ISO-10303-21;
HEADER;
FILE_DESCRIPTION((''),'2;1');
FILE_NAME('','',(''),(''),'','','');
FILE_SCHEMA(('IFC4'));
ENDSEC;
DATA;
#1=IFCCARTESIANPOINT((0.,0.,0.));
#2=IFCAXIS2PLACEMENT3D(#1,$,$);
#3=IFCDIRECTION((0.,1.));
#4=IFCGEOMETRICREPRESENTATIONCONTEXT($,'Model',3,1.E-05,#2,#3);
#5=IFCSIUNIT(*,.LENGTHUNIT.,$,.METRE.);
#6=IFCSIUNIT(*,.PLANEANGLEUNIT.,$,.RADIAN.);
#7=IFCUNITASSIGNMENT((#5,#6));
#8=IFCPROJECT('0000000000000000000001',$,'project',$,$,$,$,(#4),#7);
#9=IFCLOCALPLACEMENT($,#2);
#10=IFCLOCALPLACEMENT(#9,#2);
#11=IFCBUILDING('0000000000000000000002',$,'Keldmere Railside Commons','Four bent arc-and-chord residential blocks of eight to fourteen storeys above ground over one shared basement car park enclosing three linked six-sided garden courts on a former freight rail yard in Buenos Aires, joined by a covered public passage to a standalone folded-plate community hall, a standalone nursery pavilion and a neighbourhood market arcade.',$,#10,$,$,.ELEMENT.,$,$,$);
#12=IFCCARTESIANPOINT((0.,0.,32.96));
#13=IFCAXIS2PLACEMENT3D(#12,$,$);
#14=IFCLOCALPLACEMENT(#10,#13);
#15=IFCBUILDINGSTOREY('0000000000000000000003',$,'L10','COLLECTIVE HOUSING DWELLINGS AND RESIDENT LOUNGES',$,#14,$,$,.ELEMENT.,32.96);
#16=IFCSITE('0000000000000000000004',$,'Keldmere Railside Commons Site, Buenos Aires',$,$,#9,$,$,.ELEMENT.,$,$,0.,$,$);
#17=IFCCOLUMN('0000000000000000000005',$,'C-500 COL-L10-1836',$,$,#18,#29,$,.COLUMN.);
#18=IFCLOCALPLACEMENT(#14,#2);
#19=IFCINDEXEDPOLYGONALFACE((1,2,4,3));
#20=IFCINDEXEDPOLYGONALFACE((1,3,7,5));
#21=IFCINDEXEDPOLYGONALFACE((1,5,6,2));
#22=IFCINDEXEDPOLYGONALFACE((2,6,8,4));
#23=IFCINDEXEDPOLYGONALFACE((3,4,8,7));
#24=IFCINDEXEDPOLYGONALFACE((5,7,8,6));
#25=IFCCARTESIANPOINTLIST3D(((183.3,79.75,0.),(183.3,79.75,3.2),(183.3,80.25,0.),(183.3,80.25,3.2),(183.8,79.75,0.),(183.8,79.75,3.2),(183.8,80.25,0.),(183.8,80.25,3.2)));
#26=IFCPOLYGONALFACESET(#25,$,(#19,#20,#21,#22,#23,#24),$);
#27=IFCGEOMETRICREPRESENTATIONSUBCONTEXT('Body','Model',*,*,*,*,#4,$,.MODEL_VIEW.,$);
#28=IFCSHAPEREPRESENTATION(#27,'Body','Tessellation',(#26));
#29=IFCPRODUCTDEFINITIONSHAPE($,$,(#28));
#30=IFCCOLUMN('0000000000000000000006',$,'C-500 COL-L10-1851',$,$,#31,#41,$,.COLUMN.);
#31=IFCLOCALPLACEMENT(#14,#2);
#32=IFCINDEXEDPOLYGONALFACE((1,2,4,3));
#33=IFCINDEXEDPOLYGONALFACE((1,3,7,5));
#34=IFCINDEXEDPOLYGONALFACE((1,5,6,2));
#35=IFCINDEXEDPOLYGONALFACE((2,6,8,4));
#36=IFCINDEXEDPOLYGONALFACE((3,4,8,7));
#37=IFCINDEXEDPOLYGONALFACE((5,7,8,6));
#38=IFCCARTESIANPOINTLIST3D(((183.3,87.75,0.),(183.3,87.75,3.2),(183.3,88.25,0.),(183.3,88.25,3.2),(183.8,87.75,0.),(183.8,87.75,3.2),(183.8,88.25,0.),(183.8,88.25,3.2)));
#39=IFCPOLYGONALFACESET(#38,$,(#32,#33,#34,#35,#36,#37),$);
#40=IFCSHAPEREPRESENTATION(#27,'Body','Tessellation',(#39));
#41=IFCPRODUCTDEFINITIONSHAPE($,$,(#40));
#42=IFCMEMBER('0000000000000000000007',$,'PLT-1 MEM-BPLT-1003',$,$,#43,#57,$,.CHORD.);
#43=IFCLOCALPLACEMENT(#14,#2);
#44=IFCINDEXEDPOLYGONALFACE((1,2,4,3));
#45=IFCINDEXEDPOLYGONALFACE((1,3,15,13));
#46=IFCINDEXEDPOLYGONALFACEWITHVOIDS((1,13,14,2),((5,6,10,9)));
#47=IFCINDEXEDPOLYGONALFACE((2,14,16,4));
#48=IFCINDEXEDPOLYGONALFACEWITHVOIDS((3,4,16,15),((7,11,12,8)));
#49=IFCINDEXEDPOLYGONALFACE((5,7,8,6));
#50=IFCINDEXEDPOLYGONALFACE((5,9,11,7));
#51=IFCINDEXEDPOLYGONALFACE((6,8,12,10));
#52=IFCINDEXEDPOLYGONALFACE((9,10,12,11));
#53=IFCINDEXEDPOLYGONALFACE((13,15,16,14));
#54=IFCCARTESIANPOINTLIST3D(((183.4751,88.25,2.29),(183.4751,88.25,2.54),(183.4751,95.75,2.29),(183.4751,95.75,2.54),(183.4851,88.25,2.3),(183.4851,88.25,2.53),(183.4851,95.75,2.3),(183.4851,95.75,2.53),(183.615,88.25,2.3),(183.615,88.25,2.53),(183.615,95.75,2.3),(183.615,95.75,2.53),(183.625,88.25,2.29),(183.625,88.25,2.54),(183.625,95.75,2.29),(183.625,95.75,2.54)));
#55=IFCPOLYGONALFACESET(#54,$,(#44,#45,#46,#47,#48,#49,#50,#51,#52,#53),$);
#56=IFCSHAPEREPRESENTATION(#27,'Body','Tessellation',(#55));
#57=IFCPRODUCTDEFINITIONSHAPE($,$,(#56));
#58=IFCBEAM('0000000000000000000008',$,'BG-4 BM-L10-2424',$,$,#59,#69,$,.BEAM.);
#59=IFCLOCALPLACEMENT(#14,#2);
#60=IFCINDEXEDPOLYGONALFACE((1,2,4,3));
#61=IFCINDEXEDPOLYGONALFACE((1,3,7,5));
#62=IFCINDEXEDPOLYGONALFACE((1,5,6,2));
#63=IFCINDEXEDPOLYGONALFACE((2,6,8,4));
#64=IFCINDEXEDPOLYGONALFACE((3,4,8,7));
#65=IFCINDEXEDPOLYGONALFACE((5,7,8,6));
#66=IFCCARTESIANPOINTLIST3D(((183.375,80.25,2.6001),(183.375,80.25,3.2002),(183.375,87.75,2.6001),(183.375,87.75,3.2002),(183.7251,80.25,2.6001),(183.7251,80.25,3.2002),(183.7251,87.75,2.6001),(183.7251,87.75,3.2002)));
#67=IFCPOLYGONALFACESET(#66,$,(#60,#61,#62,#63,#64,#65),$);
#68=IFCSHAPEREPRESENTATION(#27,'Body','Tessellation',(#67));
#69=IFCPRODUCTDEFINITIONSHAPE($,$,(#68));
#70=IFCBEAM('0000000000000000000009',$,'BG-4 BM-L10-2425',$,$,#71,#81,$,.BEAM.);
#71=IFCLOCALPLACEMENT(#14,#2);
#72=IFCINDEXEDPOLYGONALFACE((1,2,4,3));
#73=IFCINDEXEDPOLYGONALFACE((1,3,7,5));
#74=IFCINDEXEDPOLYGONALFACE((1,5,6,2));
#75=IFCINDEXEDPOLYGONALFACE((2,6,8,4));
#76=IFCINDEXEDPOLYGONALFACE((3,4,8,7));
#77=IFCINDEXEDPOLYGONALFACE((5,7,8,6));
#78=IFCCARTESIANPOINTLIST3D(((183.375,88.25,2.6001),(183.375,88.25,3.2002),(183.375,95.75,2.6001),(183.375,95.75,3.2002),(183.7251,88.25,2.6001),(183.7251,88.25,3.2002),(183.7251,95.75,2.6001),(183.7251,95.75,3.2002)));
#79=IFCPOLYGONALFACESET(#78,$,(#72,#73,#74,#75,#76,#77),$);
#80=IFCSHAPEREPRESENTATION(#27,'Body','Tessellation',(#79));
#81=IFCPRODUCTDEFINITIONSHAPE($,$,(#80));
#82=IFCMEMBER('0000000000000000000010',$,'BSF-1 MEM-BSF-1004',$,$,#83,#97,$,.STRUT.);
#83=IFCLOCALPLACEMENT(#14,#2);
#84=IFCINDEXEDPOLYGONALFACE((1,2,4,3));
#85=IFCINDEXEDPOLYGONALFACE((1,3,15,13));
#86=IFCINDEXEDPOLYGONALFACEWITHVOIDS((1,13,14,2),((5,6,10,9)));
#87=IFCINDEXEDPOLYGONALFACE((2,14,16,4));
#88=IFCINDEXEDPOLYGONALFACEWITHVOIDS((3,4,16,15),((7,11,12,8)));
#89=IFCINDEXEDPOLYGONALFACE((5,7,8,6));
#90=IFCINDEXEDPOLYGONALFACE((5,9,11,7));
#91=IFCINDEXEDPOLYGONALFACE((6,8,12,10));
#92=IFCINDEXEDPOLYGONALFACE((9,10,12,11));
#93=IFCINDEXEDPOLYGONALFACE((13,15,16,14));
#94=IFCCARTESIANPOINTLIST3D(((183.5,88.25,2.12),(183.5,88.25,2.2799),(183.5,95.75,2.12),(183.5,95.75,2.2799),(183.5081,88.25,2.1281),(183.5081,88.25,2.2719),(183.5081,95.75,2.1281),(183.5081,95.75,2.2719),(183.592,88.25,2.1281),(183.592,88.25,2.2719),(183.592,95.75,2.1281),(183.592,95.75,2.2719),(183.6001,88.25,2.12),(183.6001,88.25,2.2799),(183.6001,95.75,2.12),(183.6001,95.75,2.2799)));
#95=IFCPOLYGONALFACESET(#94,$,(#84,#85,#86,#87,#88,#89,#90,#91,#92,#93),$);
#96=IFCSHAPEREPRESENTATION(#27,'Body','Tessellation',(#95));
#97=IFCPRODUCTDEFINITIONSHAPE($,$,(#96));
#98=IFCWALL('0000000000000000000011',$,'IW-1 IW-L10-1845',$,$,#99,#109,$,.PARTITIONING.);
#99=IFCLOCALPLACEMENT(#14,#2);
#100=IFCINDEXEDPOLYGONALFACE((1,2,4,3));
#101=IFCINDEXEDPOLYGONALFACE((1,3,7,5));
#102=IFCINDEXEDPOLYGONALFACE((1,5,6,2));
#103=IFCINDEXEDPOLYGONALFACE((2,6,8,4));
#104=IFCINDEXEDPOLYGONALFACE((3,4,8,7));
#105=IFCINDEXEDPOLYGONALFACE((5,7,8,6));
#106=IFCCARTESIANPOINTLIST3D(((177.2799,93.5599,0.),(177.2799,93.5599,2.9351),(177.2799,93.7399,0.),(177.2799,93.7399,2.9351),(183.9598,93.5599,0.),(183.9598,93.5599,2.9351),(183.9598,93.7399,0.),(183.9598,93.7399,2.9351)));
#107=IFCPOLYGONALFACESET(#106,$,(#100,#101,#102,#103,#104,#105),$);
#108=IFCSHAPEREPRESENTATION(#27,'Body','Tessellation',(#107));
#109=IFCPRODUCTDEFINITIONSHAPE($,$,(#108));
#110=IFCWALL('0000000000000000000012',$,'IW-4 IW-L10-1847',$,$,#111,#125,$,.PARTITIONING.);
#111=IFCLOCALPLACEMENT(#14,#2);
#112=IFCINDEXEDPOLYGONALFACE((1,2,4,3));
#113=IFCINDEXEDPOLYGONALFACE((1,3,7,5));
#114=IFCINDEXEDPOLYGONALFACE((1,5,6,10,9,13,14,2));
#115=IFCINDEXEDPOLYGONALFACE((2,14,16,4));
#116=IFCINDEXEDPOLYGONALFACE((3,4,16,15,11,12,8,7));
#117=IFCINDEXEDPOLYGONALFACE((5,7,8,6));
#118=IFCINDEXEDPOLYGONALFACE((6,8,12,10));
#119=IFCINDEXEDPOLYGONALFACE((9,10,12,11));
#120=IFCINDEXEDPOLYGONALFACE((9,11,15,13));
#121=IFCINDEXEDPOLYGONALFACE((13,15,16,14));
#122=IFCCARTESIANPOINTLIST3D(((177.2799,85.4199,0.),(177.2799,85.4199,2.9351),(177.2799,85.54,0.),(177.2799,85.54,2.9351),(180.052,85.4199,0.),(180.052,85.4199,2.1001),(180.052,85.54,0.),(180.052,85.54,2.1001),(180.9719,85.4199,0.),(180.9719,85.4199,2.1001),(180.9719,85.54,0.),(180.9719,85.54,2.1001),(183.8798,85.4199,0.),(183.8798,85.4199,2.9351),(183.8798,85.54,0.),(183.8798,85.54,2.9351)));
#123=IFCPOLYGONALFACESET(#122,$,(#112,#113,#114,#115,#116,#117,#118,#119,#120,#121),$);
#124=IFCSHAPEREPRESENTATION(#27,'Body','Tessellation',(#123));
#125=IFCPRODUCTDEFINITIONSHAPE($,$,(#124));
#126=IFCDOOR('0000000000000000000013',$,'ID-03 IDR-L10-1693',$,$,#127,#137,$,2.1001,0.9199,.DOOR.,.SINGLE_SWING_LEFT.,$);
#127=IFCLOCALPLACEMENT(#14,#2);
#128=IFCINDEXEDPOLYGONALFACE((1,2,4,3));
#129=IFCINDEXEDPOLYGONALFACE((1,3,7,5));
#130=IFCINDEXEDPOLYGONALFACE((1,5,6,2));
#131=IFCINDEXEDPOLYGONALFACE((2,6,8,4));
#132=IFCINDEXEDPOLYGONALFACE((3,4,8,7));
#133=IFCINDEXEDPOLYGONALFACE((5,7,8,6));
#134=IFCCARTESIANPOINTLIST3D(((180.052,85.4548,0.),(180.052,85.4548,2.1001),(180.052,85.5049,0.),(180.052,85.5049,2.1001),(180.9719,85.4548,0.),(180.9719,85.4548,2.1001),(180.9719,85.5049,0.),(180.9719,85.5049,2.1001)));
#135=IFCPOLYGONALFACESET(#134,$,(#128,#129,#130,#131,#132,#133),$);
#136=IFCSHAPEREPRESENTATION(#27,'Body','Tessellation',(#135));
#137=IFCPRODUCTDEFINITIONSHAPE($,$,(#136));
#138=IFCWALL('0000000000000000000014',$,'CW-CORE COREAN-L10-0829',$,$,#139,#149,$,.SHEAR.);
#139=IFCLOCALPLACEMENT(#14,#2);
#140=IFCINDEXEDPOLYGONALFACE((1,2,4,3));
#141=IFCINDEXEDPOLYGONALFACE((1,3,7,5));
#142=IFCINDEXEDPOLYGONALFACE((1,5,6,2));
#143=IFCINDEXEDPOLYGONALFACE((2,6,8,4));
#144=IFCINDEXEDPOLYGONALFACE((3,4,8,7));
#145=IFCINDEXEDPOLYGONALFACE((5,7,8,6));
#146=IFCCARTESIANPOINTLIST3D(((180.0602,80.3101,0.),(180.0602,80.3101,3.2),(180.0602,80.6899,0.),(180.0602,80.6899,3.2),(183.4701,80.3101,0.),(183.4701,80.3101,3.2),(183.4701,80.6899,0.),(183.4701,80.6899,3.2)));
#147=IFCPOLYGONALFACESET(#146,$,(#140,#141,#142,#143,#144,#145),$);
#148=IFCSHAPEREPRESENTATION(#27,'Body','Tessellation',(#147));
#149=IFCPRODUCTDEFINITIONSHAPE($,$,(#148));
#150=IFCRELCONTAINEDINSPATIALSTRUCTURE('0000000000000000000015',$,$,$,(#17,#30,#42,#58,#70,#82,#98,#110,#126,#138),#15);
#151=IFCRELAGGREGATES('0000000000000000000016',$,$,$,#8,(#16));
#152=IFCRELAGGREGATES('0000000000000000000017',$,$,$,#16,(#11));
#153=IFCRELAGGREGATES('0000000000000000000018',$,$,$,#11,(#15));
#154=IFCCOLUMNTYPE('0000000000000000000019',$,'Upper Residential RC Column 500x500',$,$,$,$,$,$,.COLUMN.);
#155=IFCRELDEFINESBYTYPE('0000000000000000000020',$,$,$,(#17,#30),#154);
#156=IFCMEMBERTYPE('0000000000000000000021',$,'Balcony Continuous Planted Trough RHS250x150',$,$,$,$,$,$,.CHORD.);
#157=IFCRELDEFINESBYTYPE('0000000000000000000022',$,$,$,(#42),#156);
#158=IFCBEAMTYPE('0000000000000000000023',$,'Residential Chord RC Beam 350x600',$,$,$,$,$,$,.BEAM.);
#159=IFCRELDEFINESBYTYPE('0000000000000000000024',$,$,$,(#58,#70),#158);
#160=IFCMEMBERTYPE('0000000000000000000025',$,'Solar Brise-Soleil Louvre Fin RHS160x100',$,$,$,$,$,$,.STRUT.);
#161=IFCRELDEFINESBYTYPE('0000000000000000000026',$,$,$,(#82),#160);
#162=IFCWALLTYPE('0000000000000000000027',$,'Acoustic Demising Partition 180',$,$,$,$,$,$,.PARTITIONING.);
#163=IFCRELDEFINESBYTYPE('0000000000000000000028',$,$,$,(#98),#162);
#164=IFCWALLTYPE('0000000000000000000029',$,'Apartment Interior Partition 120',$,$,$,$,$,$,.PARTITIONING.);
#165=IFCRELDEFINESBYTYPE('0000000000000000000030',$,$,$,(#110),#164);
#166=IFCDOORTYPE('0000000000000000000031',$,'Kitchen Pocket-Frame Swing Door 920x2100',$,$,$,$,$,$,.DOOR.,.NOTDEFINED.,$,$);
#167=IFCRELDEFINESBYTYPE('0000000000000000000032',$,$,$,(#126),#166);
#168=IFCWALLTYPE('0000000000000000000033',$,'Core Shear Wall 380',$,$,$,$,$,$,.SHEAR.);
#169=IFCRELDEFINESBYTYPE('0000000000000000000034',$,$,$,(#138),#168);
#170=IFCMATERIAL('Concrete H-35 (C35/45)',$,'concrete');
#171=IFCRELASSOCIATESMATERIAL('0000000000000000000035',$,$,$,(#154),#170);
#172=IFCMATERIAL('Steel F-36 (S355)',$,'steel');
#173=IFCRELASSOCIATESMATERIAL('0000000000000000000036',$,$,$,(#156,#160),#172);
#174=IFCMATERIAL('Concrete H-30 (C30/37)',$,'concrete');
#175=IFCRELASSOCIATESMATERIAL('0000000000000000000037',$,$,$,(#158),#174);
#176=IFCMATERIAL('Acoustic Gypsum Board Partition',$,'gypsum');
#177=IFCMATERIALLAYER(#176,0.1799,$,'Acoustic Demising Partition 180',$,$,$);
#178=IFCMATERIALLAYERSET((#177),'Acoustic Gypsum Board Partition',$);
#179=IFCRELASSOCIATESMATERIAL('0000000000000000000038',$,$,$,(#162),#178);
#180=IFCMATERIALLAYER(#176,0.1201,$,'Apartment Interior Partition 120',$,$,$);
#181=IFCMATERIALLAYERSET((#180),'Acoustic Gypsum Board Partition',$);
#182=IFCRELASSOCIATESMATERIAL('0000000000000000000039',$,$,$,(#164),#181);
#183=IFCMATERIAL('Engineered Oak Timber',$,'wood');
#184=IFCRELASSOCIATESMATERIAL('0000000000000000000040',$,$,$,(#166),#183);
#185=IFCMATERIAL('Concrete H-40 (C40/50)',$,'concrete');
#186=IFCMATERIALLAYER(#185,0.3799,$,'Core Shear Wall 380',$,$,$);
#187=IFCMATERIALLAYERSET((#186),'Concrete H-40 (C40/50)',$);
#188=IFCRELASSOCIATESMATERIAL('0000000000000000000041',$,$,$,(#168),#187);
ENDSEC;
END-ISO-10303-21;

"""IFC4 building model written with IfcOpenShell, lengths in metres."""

from ifc_helpers import new_model, si_unit, direction, frame, frame_2d, origin, origin_2d, place, context, subcontext, project, spatial, rectangle, hollow_rectangle, extrude, material, layer, layer_set, material_profile, profile_set, type_object, element, fill, save


model = new_model("IFC4")

# Units and contexts
model_context = context("Model", 3, precision=1e-05, world=origin(), true_north=direction((0.0, 1.0)))
body_context = subcontext(model_context, "Body", "Model", "MODEL_VIEW")
ifc_project = project(units=[si_unit("LENGTHUNIT", "METRE"), si_unit("PLANEANGLEUNIT", "RADIAN")], contexts=[model_context])

# Site, building, storey
site_placement = place(None, origin())
site = spatial("IfcSite", under=ifc_project, at=site_placement, Name="Keldmere Railside Commons Site, Buenos Aires", CompositionType="ELEMENT", RefElevation=0.0)
building_placement = place(site_placement, origin())
building = spatial("IfcBuilding", under=site, at=building_placement, Name="Keldmere Railside Commons", Description="Four bent arc-and-chord residential blocks of eight to fourteen storeys above ground over one shared basement car park enclosing three linked six-sided garden courts on a former freight rail yard in Buenos Aires, joined by a covered public passage to a standalone folded-plate community hall, a standalone nursery pavilion and a neighbourhood market arcade.", CompositionType="ELEMENT")
storey_placement = place(building_placement, frame((0.0, 0.0, 32.96)))
storey = spatial("IfcBuildingStorey", under=building, at=storey_placement, Name="L10", Description="COLLECTIVE HOUSING DWELLINGS AND RESIDENT LOUNGES", CompositionType="ELEMENT", Elevation=32.96)

# Columns
ifc_material_1 = material(Name="Concrete H-35 (C35/45)", Category="concrete")
ifc_material_profile_1 = material_profile(ifc_material_1, rectangle(XDim=0.5, YDim=0.5, at=origin_2d()), Name="RC-500x500")
ifc_profile_set_1 = profile_set([ifc_material_profile_1], Name="Concrete H-35 (C35/45)")
column_type = type_object("IfcColumnType", Name="Upper Residential RC Column 500x500", PredefinedType="COLUMN", material=ifc_profile_set_1)
for number, where, z_axis, x_axis, name in (
    (1, (183.55, 80.0, 0.0), (0.0, 0.0, 1.0), (1.0, 0.0, 0.0), "C-500 COL-L10-1836"),
    (2, (183.55, 88.0, 0.0), (0.0, 0.0, 1.0), (1.0, 0.0, 0.0), "C-500 COL-L10-1851"),
):
    element("IfcColumn", number, at=place(storey_placement, frame(where, z_axis=z_axis, x_axis=x_axis)), inside=storey, type_object=column_type, Name=name, PredefinedType="COLUMN", context=body_context, shape_type="SweptSolid", body=[
        extrude(rectangle(XDim=0.5, YDim=0.5, at=origin_2d()), origin(), (0.0, 0.0, 1.0), 3.2),
    ])

# Member
ifc_material_2 = material(Name="Steel F-36 (S355)", Category="steel")
ifc_material_profile_2 = material_profile(ifc_material_2, hollow_rectangle(XDim=0.1499, YDim=0.25, WallThickness=0.01, at=origin_2d()), Name="RHS-250x150x10")
ifc_profile_set_2 = profile_set([ifc_material_profile_2], Name="Steel F-36 (S355)")
member_type_1 = type_object("IfcMemberType", Name="Balcony Continuous Planted Trough RHS250x150", PredefinedType="CHORD", material=ifc_profile_set_2)
member_1_placement = place(storey_placement, frame((183.55, 88.25, 2.415), z_axis=(0.0, 1.0, 0.0), x_axis=(-1.0, 0.0, 0.0)))
element("IfcMember", 3, at=member_1_placement, inside=storey, type_object=member_type_1, Name="PLT-1 MEM-BPLT-1003", PredefinedType="CHORD", context=body_context, shape_type="SweptSolid", body=[
    extrude(hollow_rectangle(XDim=0.1499, YDim=0.25, WallThickness=0.01, at=origin_2d()), origin(), (0.0, 0.0, 1.0), 7.5),
])

# Beams
ifc_material_3 = material(Name="Concrete H-30 (C30/37)", Category="concrete")
ifc_material_profile_3 = material_profile(ifc_material_3, rectangle(XDim=0.3501, YDim=0.6001, at=origin_2d()), Name="RC-350x600")
ifc_profile_set_3 = profile_set([ifc_material_profile_3], Name="Concrete H-30 (C30/37)")
beam_type = type_object("IfcBeamType", Name="Residential Chord RC Beam 350x600", PredefinedType="BEAM", material=ifc_profile_set_3)
for number, where, z_axis, x_axis, name in (
    (4, (183.55, 80.25, 2.9001), (0.0, 1.0, 0.0), (-1.0, 0.0, 0.0), "BG-4 BM-L10-2424"),
    (5, (183.55, 88.25, 2.9001), (0.0, 1.0, 0.0), (-1.0, 0.0, 0.0), "BG-4 BM-L10-2425"),
):
    element("IfcBeam", number, at=place(storey_placement, frame(where, z_axis=z_axis, x_axis=x_axis)), inside=storey, type_object=beam_type, Name=name, PredefinedType="BEAM", context=body_context, shape_type="SweptSolid", body=[
        extrude(rectangle(XDim=0.3501, YDim=0.6001, at=origin_2d()), origin(), (0.0, 0.0, 1.0), 7.5),
    ])

# Member
ifc_material_profile_4 = material_profile(ifc_material_2, hollow_rectangle(XDim=0.1001, YDim=0.1599, WallThickness=0.0081, at=origin_2d()), Name="RHS-160x100x8")
ifc_profile_set_4 = profile_set([ifc_material_profile_4], Name="Steel F-36 (S355)")
member_type_2 = type_object("IfcMemberType", Name="Solar Brise-Soleil Louvre Fin RHS160x100", PredefinedType="STRUT", material=ifc_profile_set_4)
member_2_placement = place(storey_placement, frame((183.55, 88.25, 2.2), z_axis=(0.0, 1.0, 0.0), x_axis=(-1.0, 0.0, 0.0)))
element("IfcMember", 6, at=member_2_placement, inside=storey, type_object=member_type_2, Name="BSF-1 MEM-BSF-1004", PredefinedType="STRUT", context=body_context, shape_type="SweptSolid", body=[
    extrude(hollow_rectangle(XDim=0.1001, YDim=0.1599, WallThickness=0.0081, at=origin_2d()), origin(), (0.0, 0.0, 1.0), 7.5),
])

# Wall
ifc_material_4 = material(Name="Acoustic Gypsum Board Partition", Category="gypsum")
ifc_layer_1 = layer(ifc_material_4, 0.1799, Name="Acoustic Demising Partition 180")
ifc_layer_set_1 = layer_set([ifc_layer_1], Name="Acoustic Gypsum Board Partition")
wall_type_1 = type_object("IfcWallType", Name="Acoustic Demising Partition 180", PredefinedType="PARTITIONING", material=ifc_layer_set_1)
wall_1_placement = place(storey_placement, frame((177.28, 93.6499, 0.0), z_axis=(0.0, 0.0, 1.0), x_axis=(1.0, 0.0, 0.0)))
element("IfcWall", 7, at=wall_1_placement, inside=storey, type_object=wall_type_1, Name="IW-1 IW-L10-1845", PredefinedType="PARTITIONING", context=body_context, shape_type="SweptSolid", body=[
    extrude(rectangle(XDim=6.6799, YDim=0.1799, at=frame_2d((3.3398, 0.0))), origin(), (0.0, 0.0, 1.0), 2.9351),
])

# Wall, opening, door
ifc_layer_2 = layer(ifc_material_4, 0.1201, Name="Apartment Interior Partition 120")
ifc_layer_set_2 = layer_set([ifc_layer_2], Name="Acoustic Gypsum Board Partition")
wall_type_2 = type_object("IfcWallType", Name="Apartment Interior Partition 120", PredefinedType="PARTITIONING", material=ifc_layer_set_2)
wall_2_placement = place(storey_placement, frame((177.28, 85.48, 0.0), z_axis=(0.0, 0.0, 1.0), x_axis=(1.0, 0.0, 0.0)))
wall_2 = element("IfcWall", 8, at=wall_2_placement, inside=storey, type_object=wall_type_2, Name="IW-4 IW-L10-1847", PredefinedType="PARTITIONING", context=body_context, shape_type="SweptSolid", body=[
    extrude(rectangle(XDim=6.5999, YDim=0.1201, at=frame_2d((3.2998, 0.0))), origin(), (0.0, 0.0, 1.0), 2.9351),
])
opening_1_placement = place(wall_2_placement, frame((2.772, 0.0, 0.0)))
opening_1 = element("IfcOpeningElement", 9, at=opening_1_placement, cuts=wall_2, PredefinedType="OPENING", context=body_context, shape_type="SweptSolid", body=[
    extrude(rectangle(XDim=0.9199, YDim=2.1001, at=frame_2d((0.46, 1.05))), frame((0.0, 0.0701, 0.0), z_axis=(0.0, -1.0, 0.0), x_axis=(1.0, 0.0, 0.0)), (0.0, 0.0, 1.0), 0.1401),
])
ifc_material_5 = material(Name="Engineered Oak Timber", Category="wood")
door_type_1 = type_object("IfcDoorType", Name="Kitchen Pocket-Frame Swing Door 920x2100", OperationType="NOTDEFINED", PredefinedType="DOOR", material=ifc_material_5)
door_1_placement = place(opening_1_placement, origin())
door_1 = element("IfcDoor", 10, at=door_1_placement, inside=storey, type_object=door_type_1, Name="ID-03 IDR-L10-1693", OperationType="SINGLE_SWING_LEFT", OverallHeight=2.1001, OverallWidth=0.9199, PredefinedType="DOOR", context=body_context, shape_type="SweptSolid", body=[
    extrude(rectangle(XDim=0.9199, YDim=2.1001, at=frame_2d((0.46, 1.05))), frame((0.0, 0.0249, 0.0), z_axis=(0.0, -1.0, 0.0), x_axis=(1.0, 0.0, 0.0)), (0.0, 0.0, 1.0), 0.05),
])
fill(opening_1, door_1)

# Wall
ifc_material_6 = material(Name="Concrete H-40 (C40/50)", Category="concrete")
ifc_layer_3 = layer(ifc_material_6, 0.3799, Name="Core Shear Wall 380")
ifc_layer_set_3 = layer_set([ifc_layer_3], Name="Concrete H-40 (C40/50)")
wall_type_3 = type_object("IfcWallType", Name="Core Shear Wall 380", PredefinedType="SHEAR", material=ifc_layer_set_3)
wall_3_placement = place(storey_placement, frame((180.0601, 80.5, 0.0), z_axis=(0.0, 0.0, 1.0), x_axis=(1.0, 0.0, 0.0)))
element("IfcWall", 11, at=wall_3_placement, inside=storey, type_object=wall_type_3, Name="CW-CORE COREAN-L10-0829", PredefinedType="SHEAR", context=body_context, shape_type="SweptSolid", body=[
    extrude(rectangle(XDim=3.4099, YDim=0.3799, at=frame_2d((1.7051, 0.0))), origin(), (0.0, 0.0, 1.0), 3.2),
])

save(model, "model.ifc")
